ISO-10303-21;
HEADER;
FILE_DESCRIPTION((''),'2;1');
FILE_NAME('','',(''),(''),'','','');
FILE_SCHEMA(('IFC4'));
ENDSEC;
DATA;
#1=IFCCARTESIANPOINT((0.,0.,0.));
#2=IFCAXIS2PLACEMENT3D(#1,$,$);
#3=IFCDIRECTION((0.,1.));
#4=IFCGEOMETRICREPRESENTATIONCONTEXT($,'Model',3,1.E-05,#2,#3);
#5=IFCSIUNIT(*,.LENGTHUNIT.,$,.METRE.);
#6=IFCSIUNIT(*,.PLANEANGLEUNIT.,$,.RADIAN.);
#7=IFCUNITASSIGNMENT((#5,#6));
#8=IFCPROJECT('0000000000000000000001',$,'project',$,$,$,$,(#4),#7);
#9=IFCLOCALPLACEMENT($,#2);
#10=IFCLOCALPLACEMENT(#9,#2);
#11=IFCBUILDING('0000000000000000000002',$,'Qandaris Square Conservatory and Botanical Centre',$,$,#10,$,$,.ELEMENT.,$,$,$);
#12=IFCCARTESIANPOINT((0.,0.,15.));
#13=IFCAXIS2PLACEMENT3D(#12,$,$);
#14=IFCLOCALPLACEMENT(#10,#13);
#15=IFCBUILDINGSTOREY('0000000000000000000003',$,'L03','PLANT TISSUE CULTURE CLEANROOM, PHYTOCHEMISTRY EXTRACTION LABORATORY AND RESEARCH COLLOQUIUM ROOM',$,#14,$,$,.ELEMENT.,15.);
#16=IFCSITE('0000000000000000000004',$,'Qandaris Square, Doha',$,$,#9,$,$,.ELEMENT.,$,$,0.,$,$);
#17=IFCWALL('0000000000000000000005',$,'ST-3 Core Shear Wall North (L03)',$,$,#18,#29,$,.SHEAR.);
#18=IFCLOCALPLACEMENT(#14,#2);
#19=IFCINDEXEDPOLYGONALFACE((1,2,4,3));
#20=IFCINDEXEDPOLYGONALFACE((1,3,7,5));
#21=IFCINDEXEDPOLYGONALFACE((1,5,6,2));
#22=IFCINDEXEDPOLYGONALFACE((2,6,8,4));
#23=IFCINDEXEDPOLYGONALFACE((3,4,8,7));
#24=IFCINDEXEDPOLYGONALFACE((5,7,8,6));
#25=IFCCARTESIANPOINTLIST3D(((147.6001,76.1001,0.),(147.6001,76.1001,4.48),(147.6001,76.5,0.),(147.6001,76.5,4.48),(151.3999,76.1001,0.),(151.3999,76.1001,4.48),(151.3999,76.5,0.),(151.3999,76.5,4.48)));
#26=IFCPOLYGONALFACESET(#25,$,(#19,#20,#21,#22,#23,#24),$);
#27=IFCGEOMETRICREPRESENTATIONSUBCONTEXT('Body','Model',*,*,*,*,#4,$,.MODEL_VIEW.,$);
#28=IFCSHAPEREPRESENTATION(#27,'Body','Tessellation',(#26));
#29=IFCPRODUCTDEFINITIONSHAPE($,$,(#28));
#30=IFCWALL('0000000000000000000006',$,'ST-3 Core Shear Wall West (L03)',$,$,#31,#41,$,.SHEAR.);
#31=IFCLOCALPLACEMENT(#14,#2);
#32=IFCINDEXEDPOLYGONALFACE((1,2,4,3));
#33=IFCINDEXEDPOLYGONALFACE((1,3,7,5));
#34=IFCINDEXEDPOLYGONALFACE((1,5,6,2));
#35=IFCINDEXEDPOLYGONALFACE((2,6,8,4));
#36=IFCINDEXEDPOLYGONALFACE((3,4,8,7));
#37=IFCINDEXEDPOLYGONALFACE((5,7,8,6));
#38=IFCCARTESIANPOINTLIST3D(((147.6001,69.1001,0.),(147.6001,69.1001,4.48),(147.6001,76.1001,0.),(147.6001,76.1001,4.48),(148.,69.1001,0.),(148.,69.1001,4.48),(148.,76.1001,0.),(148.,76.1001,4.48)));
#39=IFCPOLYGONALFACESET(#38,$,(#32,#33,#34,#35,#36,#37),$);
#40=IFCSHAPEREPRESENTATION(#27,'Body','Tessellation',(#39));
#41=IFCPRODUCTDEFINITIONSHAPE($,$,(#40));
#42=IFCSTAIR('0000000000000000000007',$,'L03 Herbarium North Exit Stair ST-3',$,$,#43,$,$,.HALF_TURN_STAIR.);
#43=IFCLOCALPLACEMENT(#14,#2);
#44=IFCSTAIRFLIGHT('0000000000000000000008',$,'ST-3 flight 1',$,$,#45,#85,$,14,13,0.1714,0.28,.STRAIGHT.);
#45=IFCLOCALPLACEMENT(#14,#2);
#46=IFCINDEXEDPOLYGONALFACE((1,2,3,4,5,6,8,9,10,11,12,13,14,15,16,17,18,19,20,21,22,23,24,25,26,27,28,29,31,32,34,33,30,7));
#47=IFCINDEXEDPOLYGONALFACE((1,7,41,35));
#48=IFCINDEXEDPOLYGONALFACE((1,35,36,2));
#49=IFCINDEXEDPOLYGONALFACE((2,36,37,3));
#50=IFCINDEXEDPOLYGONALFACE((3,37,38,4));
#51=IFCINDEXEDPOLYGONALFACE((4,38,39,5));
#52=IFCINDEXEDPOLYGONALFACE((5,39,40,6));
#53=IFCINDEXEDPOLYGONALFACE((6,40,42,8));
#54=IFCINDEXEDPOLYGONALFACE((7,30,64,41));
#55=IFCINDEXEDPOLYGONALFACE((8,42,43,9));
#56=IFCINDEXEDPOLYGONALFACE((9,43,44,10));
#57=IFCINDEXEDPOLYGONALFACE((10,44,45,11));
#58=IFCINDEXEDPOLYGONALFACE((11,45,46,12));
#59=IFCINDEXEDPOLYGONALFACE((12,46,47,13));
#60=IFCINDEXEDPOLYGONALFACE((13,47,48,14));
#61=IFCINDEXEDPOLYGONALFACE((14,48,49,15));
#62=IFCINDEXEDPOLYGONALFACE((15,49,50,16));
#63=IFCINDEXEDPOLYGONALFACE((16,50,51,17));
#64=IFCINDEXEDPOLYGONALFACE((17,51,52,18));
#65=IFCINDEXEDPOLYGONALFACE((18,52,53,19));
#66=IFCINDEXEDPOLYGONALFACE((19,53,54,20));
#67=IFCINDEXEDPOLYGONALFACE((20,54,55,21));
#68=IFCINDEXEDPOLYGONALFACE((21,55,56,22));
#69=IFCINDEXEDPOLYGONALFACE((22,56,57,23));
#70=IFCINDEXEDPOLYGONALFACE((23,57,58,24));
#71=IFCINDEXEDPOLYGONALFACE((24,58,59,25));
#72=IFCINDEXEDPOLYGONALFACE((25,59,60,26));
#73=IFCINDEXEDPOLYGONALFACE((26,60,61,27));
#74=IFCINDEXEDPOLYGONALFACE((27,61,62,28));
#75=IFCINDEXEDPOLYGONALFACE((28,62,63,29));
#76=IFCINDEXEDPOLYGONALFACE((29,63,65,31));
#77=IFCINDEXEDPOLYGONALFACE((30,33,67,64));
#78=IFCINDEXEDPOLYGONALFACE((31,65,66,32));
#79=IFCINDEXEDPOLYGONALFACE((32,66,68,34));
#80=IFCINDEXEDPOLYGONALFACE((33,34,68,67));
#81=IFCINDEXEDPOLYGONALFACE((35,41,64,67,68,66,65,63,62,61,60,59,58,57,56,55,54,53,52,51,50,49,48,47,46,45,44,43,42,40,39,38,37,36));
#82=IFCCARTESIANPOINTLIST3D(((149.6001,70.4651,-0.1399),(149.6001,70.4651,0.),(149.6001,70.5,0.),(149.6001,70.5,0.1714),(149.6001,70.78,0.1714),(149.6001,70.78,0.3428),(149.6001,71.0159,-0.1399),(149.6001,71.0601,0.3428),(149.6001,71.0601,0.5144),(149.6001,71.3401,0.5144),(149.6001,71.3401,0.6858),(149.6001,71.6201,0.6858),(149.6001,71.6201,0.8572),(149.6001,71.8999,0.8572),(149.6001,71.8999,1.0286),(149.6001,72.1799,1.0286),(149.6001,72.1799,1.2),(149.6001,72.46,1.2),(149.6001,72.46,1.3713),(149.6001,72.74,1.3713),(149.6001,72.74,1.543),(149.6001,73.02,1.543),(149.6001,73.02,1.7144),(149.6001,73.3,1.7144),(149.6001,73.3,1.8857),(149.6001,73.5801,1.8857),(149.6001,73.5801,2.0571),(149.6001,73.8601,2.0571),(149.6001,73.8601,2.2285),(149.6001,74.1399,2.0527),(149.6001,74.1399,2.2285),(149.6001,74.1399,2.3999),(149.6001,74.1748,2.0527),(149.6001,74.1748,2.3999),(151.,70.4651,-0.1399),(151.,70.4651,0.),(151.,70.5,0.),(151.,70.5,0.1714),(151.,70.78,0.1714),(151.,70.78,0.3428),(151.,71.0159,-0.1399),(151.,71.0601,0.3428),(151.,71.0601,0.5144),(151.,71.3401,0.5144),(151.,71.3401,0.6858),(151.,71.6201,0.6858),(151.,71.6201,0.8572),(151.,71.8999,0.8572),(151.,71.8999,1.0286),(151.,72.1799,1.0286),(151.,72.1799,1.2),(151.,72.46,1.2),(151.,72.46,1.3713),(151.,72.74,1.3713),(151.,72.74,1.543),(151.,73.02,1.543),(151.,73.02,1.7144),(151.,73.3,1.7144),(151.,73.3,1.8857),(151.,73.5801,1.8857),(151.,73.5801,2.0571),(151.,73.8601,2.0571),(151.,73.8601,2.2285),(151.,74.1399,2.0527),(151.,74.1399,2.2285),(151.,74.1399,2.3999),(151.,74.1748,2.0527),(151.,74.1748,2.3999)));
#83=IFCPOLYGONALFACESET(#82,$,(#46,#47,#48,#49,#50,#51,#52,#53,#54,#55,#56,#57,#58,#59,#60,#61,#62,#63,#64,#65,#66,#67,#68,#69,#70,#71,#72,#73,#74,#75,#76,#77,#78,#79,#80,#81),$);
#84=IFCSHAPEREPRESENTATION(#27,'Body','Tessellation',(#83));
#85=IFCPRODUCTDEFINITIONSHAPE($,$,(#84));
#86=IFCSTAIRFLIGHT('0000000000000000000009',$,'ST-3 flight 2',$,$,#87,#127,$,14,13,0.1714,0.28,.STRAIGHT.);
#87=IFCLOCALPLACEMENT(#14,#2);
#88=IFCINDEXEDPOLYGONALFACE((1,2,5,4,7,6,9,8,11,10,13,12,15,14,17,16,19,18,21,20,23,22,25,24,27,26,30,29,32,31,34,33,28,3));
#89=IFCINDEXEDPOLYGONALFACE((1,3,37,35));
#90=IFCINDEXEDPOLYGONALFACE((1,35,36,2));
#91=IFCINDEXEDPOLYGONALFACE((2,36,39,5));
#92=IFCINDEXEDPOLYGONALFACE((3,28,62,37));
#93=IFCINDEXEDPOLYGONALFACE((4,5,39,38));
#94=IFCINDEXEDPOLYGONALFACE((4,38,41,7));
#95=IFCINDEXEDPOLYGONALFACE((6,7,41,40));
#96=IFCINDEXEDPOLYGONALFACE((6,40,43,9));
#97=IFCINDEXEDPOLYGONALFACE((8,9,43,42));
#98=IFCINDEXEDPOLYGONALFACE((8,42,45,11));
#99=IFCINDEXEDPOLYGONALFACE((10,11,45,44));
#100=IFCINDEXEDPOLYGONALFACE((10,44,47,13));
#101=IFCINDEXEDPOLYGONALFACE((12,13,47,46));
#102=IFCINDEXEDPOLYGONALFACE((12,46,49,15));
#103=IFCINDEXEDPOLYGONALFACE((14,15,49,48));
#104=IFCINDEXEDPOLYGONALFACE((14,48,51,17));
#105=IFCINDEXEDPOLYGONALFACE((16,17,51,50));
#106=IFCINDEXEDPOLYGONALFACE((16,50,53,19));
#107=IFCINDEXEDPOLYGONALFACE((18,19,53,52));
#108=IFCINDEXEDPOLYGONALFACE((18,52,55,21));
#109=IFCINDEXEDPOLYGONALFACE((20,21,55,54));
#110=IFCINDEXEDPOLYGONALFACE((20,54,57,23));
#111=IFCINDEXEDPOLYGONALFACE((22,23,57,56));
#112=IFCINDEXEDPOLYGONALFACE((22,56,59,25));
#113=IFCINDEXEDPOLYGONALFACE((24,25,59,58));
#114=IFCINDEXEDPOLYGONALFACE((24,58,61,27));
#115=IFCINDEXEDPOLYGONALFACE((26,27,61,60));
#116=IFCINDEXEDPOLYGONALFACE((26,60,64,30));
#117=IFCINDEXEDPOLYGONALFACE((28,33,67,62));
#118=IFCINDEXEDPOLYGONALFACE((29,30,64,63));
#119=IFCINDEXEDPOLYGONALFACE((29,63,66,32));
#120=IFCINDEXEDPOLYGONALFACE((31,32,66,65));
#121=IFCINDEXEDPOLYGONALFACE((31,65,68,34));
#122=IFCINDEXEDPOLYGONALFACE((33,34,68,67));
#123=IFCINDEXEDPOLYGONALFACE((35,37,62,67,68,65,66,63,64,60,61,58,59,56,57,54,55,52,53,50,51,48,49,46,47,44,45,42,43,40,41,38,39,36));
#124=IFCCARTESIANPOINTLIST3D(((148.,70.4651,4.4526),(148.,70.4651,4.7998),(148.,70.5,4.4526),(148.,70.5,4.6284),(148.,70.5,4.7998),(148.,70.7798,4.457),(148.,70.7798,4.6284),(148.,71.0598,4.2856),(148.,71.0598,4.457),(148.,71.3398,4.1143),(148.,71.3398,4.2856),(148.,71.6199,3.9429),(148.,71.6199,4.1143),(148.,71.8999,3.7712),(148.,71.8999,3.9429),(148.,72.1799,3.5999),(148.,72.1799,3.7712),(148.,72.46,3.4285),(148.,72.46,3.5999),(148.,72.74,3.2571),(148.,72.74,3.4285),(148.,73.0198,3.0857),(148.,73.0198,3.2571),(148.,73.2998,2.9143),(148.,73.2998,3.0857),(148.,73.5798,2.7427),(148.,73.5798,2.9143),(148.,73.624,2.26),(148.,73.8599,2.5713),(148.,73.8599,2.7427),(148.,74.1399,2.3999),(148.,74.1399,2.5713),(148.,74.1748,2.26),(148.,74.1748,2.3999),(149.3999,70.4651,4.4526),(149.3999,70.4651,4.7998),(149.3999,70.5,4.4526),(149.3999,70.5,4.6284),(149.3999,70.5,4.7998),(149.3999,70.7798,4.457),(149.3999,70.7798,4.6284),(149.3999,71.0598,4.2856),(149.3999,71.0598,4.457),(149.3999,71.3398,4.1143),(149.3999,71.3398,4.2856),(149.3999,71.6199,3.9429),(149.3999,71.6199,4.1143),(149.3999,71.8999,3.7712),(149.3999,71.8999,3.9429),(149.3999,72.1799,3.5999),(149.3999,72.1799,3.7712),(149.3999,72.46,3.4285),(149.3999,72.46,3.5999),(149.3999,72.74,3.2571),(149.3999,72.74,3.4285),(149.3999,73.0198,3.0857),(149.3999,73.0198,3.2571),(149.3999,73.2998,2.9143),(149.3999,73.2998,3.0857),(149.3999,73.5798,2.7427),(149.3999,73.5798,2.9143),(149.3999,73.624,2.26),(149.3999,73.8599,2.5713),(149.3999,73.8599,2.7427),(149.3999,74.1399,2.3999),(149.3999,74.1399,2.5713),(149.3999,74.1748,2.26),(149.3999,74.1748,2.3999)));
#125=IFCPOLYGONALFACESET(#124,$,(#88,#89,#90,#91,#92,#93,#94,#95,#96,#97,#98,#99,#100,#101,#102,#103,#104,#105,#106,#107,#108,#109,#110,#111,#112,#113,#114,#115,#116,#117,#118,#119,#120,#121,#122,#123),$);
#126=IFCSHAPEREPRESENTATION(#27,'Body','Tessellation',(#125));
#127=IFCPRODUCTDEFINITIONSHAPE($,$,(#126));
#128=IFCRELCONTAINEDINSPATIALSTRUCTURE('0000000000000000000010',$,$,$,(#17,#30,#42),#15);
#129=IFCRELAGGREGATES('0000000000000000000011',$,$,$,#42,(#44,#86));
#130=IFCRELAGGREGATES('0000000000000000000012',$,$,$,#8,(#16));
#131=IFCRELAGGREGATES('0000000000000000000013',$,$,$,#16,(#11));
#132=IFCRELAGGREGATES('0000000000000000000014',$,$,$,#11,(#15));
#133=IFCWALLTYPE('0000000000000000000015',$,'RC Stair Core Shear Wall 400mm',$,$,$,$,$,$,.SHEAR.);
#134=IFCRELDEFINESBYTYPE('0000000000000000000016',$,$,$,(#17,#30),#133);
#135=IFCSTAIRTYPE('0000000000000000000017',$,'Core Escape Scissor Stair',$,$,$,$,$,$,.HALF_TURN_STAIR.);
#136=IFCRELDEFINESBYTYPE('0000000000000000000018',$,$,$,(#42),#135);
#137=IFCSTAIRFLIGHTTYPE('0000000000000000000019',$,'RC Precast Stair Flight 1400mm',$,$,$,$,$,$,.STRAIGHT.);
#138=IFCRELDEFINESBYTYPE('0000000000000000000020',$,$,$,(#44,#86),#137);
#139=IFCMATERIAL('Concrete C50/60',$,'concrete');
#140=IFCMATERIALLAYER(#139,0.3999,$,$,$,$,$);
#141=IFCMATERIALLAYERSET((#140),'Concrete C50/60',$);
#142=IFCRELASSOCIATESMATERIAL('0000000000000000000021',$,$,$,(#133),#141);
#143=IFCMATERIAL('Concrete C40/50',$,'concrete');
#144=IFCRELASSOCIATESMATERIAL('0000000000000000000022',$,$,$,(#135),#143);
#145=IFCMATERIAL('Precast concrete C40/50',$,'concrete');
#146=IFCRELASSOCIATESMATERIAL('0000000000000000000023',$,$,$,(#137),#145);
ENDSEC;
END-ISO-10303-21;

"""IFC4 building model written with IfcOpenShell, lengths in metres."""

from ifc_helpers import new_model, si_unit, direction, frame, frame_2d, origin, place, context, subcontext, project, spatial, polyline, rectangle, outline, extrude, material, layer, layer_set, type_object, element, aggregate, save


model = new_model("IFC4")

# Units and contexts
model_context = context("Model", 3, precision=1e-05, world=origin(), true_north=direction((0.0, 1.0)))
body_context = subcontext(model_context, "Body", "Model", "MODEL_VIEW")
ifc_project = project(units=[si_unit("LENGTHUNIT", "METRE"), si_unit("PLANEANGLEUNIT", "RADIAN")], contexts=[model_context])

# Site, building, storey
site_placement = place(None, origin())
site = spatial("IfcSite", under=ifc_project, at=site_placement, Name="Qandaris Square, Doha", CompositionType="ELEMENT", RefElevation=0.0)
building_placement = place(site_placement, origin())
building = spatial("IfcBuilding", under=site, at=building_placement, Name="Qandaris Square Conservatory and Botanical Centre", CompositionType="ELEMENT")
storey_placement = place(building_placement, frame((0.0, 0.0, 15.0)))
storey = spatial("IfcBuildingStorey", under=building, at=storey_placement, Name="L03", Description="PLANT TISSUE CULTURE CLEANROOM, PHYTOCHEMISTRY EXTRACTION LABORATORY AND RESEARCH COLLOQUIUM ROOM", CompositionType="ELEMENT", Elevation=15.0)

# Shared definitions
ifc_material_1 = material(Name="Concrete C50/60", Category="concrete")

# Shared definitions
ifc_material_2 = material(Name="Concrete C40/50", Category="concrete")

# Shared definitions
ifc_layer_1 = layer(ifc_material_1, 0.3999)
ifc_layer_set_1 = layer_set([ifc_layer_1], Name="Concrete C50/60")
wall_type_1 = type_object("IfcWallType", Name="RC Stair Core Shear Wall 400mm", PredefinedType="SHEAR", material=ifc_layer_set_1)

# Walls
wall_1_placement = place(storey_placement, frame((147.6001, 76.3, 0.0), z_axis=(0.0, 0.0, 1.0), x_axis=(1.0, 0.0, 0.0)))
element("IfcWall", 1, at=wall_1_placement, inside=storey, type_object=wall_type_1, Name="ST-3 Core Shear Wall North (L03)", PredefinedType="SHEAR", context=body_context, shape_type="SweptSolid", body=[
    extrude(rectangle(XDim=3.7998, YDim=0.3999, at=frame_2d((1.8999, 0.0))), origin(), (0.0, 0.0, 1.0), 4.48),
])
wall_2_placement = place(storey_placement, frame((147.8, 69.1001, 0.0), z_axis=(0.0, 0.0, 1.0), x_axis=(0.0, 1.0, 0.0)))
element("IfcWall", 2, at=wall_2_placement, inside=storey, type_object=wall_type_1, Name="ST-3 Core Shear Wall West (L03)", PredefinedType="SHEAR", context=body_context, shape_type="SweptSolid", body=[
    extrude(rectangle(XDim=7.0, YDim=0.3999, at=frame_2d((3.5, 0.0))), origin(), (0.0, 0.0, 1.0), 4.48),
])

# Stair, stair flights
stair_type = type_object("IfcStairType", Name="Core Escape Scissor Stair", PredefinedType="HALF_TURN_STAIR", material=ifc_material_2)
stair_placement = place(storey_placement, origin())
stair = element("IfcStair", 3, at=stair_placement, inside=storey, type_object=stair_type, Name="L03 Herbarium North Exit Stair ST-3", PredefinedType="HALF_TURN_STAIR")
ifc_material_3 = material(Name="Precast concrete C40/50", Category="concrete")
stair_flight_type = type_object("IfcStairFlightType", Name="RC Precast Stair Flight 1400mm", PredefinedType="STRAIGHT", material=ifc_material_3)
stair_flight_1_placement = place(storey_placement, frame((150.3, 70.5, 0.0), z_axis=(0.0, 0.0, 1.0), x_axis=(0.0, 1.0, 0.0)))
stair_flight_1 = element("IfcStairFlight", 4, at=stair_flight_1_placement, type_object=stair_flight_type, Name="ST-3 flight 1", NumberOfRisers=14, NumberOfTreads=13, PredefinedType="STRAIGHT", RiserHeight=0.1714, TreadLength=0.28, context=body_context, shape_type="SweptSolid", body=[
    extrude(outline(polyline([(-0.0349, 0.0), (0.0, 0.0), (0.0, 0.1714), (0.28, 0.1714), (0.28, 0.3428), (0.5601, 0.3428), (0.5601, 0.5144), (0.8401, 0.5144), (0.8401, 0.6858), (1.1201, 0.6858), (1.1201, 0.8572), (1.3999, 0.8572), (1.3999, 1.0286), (1.6799, 1.0286), (1.6799, 1.2), (1.96, 1.2), (1.96, 1.3713), (2.24, 1.3713), (2.24, 1.543), (2.52, 1.543), (2.52, 1.7144), (2.8, 1.7144), (2.8, 1.8857), (3.0801, 1.8857), (3.0801, 2.0571), (3.3601, 2.0571), (3.3601, 2.2285), (3.6399, 2.2285), (3.6399, 2.3999), (3.6748, 2.3999), (3.6748, 2.0527), (3.6399, 2.0527), (0.5159, -0.1399), (-0.0349, -0.1399), (-0.0349, 0.0)])), frame((0.0, 0.7, 0.0), z_axis=(0.0, -1.0, 0.0), x_axis=(1.0, 0.0, 0.0)), (0.0, 0.0, 1.0), 1.3999),
])
stair_flight_2_placement = place(storey_placement, frame((148.7, 74.1399, 2.3999), z_axis=(0.0, 0.0, 1.0), x_axis=(0.0, -1.0, 0.0)))
stair_flight_2 = element("IfcStairFlight", 5, at=stair_flight_2_placement, type_object=stair_flight_type, Name="ST-3 flight 2", NumberOfRisers=14, NumberOfTreads=13, PredefinedType="STRAIGHT", RiserHeight=0.1714, TreadLength=0.28, context=body_context, shape_type="SweptSolid", body=[
    extrude(outline(polyline([(-0.0349, 0.0), (0.0, 0.0), (0.0, 0.1714), (0.28, 0.1714), (0.28, 0.3428), (0.5601, 0.3428), (0.5601, 0.5144), (0.8401, 0.5144), (0.8401, 0.6858), (1.1201, 0.6858), (1.1201, 0.8572), (1.3999, 0.8572), (1.3999, 1.0286), (1.6799, 1.0286), (1.6799, 1.2), (1.96, 1.2), (1.96, 1.3713), (2.24, 1.3713), (2.24, 1.543), (2.52, 1.543), (2.52, 1.7144), (2.8, 1.7144), (2.8, 1.8857), (3.0801, 1.8857), (3.0801, 2.0571), (3.3601, 2.0571), (3.3601, 2.2285), (3.6399, 2.2285), (3.6399, 2.3999), (3.6748, 2.3999), (3.6748, 2.0527), (3.6399, 2.0527), (0.5159, -0.1399), (-0.0349, -0.1399), (-0.0349, 0.0)])), frame((0.0, 0.7, 0.0), z_axis=(0.0, -1.0, 0.0), x_axis=(1.0, 0.0, 0.0)), (0.0, 0.0, 1.0), 1.3999),
])
aggregate(stair, [stair_flight_1, stair_flight_2])

save(model, "model.ifc")
